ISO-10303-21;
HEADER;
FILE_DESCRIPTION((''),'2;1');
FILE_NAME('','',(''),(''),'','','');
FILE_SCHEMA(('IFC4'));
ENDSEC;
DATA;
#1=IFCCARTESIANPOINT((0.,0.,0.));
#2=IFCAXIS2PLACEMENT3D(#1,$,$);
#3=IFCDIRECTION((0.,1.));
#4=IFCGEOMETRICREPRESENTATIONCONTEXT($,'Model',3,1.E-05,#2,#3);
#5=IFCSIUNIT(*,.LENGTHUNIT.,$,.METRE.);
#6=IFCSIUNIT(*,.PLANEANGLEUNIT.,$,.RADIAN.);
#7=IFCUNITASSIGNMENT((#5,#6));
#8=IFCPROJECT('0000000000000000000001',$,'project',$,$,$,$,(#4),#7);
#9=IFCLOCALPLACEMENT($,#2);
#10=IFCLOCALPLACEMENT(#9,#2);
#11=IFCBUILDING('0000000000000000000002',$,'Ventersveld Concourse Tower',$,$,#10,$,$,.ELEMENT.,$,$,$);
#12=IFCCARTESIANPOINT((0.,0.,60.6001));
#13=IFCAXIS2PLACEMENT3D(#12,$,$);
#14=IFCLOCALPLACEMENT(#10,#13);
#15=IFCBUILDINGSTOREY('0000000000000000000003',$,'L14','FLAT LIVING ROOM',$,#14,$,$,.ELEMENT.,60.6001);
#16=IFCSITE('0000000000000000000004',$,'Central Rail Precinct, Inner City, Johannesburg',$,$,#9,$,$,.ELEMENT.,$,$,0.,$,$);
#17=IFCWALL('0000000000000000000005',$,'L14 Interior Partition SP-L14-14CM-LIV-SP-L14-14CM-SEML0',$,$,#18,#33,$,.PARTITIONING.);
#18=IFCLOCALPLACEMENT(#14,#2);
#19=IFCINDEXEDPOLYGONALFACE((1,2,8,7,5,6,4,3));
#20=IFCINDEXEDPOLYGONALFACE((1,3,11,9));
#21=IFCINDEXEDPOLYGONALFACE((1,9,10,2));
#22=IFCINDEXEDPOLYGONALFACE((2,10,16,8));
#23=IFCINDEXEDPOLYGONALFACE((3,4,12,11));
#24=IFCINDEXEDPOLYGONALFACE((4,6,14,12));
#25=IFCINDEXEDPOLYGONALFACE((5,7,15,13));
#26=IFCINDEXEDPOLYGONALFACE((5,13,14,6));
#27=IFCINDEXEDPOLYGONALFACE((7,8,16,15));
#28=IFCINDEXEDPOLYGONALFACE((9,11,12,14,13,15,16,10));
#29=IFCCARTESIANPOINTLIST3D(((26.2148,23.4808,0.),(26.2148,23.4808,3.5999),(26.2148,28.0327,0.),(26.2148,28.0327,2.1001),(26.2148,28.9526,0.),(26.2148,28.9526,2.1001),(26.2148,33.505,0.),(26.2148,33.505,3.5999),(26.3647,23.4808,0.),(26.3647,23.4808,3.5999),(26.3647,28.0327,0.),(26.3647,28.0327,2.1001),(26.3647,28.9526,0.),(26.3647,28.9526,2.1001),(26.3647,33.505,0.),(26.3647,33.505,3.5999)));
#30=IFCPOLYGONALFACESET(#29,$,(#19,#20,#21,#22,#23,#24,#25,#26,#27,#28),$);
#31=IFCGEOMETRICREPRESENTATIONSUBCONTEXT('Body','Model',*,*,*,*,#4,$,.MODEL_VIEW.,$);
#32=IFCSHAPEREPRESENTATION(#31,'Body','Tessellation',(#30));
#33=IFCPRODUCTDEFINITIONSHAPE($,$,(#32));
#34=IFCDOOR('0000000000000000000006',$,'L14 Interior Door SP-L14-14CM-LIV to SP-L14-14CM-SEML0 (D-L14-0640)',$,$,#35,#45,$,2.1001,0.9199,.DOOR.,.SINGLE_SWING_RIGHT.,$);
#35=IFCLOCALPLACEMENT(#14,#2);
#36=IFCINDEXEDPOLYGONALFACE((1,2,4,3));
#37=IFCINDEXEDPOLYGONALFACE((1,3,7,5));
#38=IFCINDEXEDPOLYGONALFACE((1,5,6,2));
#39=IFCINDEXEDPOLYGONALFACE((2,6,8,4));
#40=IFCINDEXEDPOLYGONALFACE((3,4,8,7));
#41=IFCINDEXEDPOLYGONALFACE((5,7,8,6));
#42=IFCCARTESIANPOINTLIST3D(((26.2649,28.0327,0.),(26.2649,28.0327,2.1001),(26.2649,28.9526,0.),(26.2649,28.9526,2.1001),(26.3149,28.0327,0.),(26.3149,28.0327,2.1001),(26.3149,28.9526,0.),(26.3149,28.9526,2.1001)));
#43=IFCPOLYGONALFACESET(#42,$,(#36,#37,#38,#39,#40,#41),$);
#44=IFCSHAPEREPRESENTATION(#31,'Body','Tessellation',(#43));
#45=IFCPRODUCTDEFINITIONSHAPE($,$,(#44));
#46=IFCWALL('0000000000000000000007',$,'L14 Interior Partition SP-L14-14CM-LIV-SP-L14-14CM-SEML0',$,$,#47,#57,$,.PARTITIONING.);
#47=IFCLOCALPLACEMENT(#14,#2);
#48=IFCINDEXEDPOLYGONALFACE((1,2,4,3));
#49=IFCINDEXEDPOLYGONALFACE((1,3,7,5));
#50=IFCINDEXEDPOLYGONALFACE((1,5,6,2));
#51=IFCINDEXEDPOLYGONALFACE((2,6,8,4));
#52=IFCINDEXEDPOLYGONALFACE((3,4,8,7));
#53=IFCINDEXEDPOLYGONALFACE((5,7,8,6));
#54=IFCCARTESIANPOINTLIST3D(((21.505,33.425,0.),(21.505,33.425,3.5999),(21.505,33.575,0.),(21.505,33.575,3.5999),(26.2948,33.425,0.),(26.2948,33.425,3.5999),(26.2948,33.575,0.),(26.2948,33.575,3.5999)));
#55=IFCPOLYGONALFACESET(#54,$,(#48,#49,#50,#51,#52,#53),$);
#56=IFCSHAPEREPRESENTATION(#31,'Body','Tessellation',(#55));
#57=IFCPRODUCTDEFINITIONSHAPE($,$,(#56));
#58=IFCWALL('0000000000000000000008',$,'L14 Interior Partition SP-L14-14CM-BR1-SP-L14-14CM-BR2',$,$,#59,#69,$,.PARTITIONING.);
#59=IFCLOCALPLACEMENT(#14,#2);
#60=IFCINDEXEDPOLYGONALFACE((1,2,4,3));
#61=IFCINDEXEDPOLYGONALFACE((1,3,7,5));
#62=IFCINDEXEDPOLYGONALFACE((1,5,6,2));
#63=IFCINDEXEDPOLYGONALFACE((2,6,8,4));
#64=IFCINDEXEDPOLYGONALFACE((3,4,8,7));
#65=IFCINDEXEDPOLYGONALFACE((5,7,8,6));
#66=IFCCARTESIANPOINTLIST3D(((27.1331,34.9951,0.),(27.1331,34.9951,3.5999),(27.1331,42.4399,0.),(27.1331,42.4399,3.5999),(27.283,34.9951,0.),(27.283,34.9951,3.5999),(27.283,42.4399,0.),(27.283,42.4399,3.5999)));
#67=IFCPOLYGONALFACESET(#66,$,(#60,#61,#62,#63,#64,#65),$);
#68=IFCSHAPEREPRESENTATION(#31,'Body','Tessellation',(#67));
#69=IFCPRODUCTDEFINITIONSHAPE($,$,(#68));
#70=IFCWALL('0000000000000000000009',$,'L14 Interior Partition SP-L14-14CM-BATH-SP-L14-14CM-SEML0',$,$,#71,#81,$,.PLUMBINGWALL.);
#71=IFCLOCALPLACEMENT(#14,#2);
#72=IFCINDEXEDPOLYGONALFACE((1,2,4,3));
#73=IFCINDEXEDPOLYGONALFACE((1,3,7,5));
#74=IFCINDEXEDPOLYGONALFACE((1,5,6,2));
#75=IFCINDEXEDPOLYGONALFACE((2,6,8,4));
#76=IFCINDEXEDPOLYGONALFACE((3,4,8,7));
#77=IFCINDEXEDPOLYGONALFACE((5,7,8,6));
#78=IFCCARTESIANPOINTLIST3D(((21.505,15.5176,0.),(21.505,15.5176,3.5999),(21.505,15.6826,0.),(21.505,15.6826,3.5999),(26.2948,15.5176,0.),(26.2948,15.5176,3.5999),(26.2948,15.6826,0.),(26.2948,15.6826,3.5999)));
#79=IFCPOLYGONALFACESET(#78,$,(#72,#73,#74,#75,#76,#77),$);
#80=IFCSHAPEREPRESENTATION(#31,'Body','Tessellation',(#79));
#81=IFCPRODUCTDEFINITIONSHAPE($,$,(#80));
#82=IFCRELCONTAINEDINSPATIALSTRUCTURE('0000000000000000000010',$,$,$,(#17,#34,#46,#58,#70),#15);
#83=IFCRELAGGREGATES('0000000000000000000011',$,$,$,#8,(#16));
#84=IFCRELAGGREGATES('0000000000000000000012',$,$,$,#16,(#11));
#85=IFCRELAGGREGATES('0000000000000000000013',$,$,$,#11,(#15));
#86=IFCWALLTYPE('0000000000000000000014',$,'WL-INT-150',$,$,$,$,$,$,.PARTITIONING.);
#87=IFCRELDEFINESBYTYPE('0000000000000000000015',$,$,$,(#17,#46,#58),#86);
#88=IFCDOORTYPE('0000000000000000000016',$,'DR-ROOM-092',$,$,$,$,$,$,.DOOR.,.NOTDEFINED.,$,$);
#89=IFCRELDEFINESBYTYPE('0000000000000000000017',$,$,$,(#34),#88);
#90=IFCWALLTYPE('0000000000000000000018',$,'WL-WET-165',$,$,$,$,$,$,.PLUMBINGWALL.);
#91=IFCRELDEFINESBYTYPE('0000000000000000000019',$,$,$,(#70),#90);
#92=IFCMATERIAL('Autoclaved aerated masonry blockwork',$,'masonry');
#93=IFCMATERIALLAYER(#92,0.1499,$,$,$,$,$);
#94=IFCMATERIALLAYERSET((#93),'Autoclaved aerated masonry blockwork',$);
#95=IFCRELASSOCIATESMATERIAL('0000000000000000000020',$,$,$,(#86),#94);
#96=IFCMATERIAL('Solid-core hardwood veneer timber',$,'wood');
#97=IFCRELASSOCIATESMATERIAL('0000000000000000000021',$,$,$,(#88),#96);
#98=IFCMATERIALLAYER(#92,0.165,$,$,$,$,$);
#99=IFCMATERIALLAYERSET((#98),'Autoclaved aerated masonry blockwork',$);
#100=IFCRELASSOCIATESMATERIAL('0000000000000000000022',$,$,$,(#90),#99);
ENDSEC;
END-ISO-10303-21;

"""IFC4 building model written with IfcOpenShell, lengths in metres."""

from ifc_helpers import new_model, si_unit, direction, frame, frame_2d, origin, place, context, subcontext, project, spatial, rectangle, extrude, material, layer, layer_set, type_object, element, fill, save


model = new_model("IFC4")

# Units and contexts
model_context = context("Model", 3, precision=1e-05, world=origin(), true_north=direction((0.0, 1.0)))
body_context = subcontext(model_context, "Body", "Model", "MODEL_VIEW")
ifc_project = project(units=[si_unit("LENGTHUNIT", "METRE"), si_unit("PLANEANGLEUNIT", "RADIAN")], contexts=[model_context])

# Site, building, storey
site_placement = place(None, origin())
site = spatial("IfcSite", under=ifc_project, at=site_placement, Name="Central Rail Precinct, Inner City, Johannesburg", CompositionType="ELEMENT", RefElevation=0.0)
building_placement = place(site_placement, origin())
building = spatial("IfcBuilding", under=site, at=building_placement, Name="Ventersveld Concourse Tower", CompositionType="ELEMENT")
storey_placement = place(building_placement, frame((0.0, 0.0, 60.6001)))
storey = spatial("IfcBuildingStorey", under=building, at=storey_placement, Name="L14", Description="FLAT LIVING ROOM", CompositionType="ELEMENT", Elevation=60.6001)

# Shared definitions
ifc_material_1 = material(Name="Solid-core hardwood veneer timber", Category="wood")

# Shared definitions
ifc_material_2 = material(Name="Autoclaved aerated masonry blockwork", Category="masonry")
ifc_layer_1 = layer(ifc_material_2, 0.1499)
ifc_layer_set_1 = layer_set([ifc_layer_1], Name="Autoclaved aerated masonry blockwork")
wall_type_1 = type_object("IfcWallType", Name="WL-INT-150", PredefinedType="PARTITIONING", material=ifc_layer_set_1)
door_type_1 = type_object("IfcDoorType", Name="DR-ROOM-092", OperationType="NOTDEFINED", PredefinedType="DOOR", material=ifc_material_1)

# Wall, opening, door
wall_1_placement = place(storey_placement, frame((26.2898, 23.4807, 0.0), z_axis=(0.0, 0.0, 1.0), x_axis=(0.0, 1.0, 0.0)))
wall_1 = element("IfcWall", 1, at=wall_1_placement, inside=storey, type_object=wall_type_1, Name="L14 Interior Partition SP-L14-14CM-LIV-SP-L14-14CM-SEML0", PredefinedType="PARTITIONING", context=body_context, shape_type="SweptSolid", body=[
    extrude(rectangle(XDim=10.0242, YDim=0.1499, at=frame_2d((5.0122, 0.0))), origin(), (0.0, 0.0, 1.0), 3.5999),
])
opening_1_placement = place(wall_1_placement, frame((4.552, 0.0, 0.0)))
opening_1 = element("IfcOpeningElement", 2, at=opening_1_placement, cuts=wall_1, PredefinedType="OPENING", context=body_context, shape_type="SweptSolid", body=[
    extrude(rectangle(XDim=0.9199, YDim=2.1001, at=frame_2d((0.46, 1.05))), frame((0.0, 0.085, 0.0), z_axis=(0.0, -1.0, 0.0), x_axis=(1.0, 0.0, 0.0)), (0.0, 0.0, 1.0), 0.1699),
])
door_1_placement = place(opening_1_placement, origin())
door_1 = element("IfcDoor", 3, at=door_1_placement, inside=storey, type_object=door_type_1, Name="L14 Interior Door SP-L14-14CM-LIV to SP-L14-14CM-SEML0 (D-L14-0640)", OperationType="SINGLE_SWING_RIGHT", OverallHeight=2.1001, OverallWidth=0.9199, PredefinedType="DOOR", context=body_context, shape_type="SweptSolid", body=[
    extrude(rectangle(XDim=0.9199, YDim=2.1001, at=frame_2d((0.46, 1.05))), frame((0.0, 0.0249, 0.0), z_axis=(0.0, -1.0, 0.0), x_axis=(1.0, 0.0, 0.0)), (0.0, 0.0, 1.0), 0.05),
])
fill(opening_1, door_1)

# Walls
wall_2_placement = place(storey_placement, frame((21.5049, 33.5, 0.0), z_axis=(0.0, 0.0, 1.0), x_axis=(1.0, 0.0, 0.0)))
element("IfcWall", 4, at=wall_2_placement, inside=storey, type_object=wall_type_1, Name="L14 Interior Partition SP-L14-14CM-LIV-SP-L14-14CM-SEML0", PredefinedType="PARTITIONING", context=body_context, shape_type="SweptSolid", body=[
    extrude(rectangle(XDim=4.7898, YDim=0.1499, at=frame_2d((2.395, 0.0))), origin(), (0.0, 0.0, 1.0), 3.5999),
])
wall_3_placement = place(storey_placement, frame((27.208, 34.9951, 0.0), z_axis=(0.0, 0.0, 1.0), x_axis=(0.0, 1.0, 0.0)))
element("IfcWall", 5, at=wall_3_placement, inside=storey, type_object=wall_type_1, Name="L14 Interior Partition SP-L14-14CM-BR1-SP-L14-14CM-BR2", PredefinedType="PARTITIONING", context=body_context, shape_type="SweptSolid", body=[
    extrude(rectangle(XDim=7.4448, YDim=0.1499, at=frame_2d((3.7224, 0.0))), origin(), (0.0, 0.0, 1.0), 3.5999),
])
ifc_layer_2 = layer(ifc_material_2, 0.165)
ifc_layer_set_2 = layer_set([ifc_layer_2], Name="Autoclaved aerated masonry blockwork")
wall_type_2 = type_object("IfcWallType", Name="WL-WET-165", PredefinedType="PLUMBINGWALL", material=ifc_layer_set_2)
wall_4_placement = place(storey_placement, frame((21.5049, 15.6001, 0.0), z_axis=(0.0, 0.0, 1.0), x_axis=(1.0, 0.0, 0.0)))
element("IfcWall", 6, at=wall_4_placement, inside=storey, type_object=wall_type_2, Name="L14 Interior Partition SP-L14-14CM-BATH-SP-L14-14CM-SEML0", PredefinedType="PLUMBINGWALL", context=body_context, shape_type="SweptSolid", body=[
    extrude(rectangle(XDim=4.7898, YDim=0.165, at=frame_2d((2.395, 0.0))), origin(), (0.0, 0.0, 1.0), 3.5999),
])

save(model, "model.ifc")
